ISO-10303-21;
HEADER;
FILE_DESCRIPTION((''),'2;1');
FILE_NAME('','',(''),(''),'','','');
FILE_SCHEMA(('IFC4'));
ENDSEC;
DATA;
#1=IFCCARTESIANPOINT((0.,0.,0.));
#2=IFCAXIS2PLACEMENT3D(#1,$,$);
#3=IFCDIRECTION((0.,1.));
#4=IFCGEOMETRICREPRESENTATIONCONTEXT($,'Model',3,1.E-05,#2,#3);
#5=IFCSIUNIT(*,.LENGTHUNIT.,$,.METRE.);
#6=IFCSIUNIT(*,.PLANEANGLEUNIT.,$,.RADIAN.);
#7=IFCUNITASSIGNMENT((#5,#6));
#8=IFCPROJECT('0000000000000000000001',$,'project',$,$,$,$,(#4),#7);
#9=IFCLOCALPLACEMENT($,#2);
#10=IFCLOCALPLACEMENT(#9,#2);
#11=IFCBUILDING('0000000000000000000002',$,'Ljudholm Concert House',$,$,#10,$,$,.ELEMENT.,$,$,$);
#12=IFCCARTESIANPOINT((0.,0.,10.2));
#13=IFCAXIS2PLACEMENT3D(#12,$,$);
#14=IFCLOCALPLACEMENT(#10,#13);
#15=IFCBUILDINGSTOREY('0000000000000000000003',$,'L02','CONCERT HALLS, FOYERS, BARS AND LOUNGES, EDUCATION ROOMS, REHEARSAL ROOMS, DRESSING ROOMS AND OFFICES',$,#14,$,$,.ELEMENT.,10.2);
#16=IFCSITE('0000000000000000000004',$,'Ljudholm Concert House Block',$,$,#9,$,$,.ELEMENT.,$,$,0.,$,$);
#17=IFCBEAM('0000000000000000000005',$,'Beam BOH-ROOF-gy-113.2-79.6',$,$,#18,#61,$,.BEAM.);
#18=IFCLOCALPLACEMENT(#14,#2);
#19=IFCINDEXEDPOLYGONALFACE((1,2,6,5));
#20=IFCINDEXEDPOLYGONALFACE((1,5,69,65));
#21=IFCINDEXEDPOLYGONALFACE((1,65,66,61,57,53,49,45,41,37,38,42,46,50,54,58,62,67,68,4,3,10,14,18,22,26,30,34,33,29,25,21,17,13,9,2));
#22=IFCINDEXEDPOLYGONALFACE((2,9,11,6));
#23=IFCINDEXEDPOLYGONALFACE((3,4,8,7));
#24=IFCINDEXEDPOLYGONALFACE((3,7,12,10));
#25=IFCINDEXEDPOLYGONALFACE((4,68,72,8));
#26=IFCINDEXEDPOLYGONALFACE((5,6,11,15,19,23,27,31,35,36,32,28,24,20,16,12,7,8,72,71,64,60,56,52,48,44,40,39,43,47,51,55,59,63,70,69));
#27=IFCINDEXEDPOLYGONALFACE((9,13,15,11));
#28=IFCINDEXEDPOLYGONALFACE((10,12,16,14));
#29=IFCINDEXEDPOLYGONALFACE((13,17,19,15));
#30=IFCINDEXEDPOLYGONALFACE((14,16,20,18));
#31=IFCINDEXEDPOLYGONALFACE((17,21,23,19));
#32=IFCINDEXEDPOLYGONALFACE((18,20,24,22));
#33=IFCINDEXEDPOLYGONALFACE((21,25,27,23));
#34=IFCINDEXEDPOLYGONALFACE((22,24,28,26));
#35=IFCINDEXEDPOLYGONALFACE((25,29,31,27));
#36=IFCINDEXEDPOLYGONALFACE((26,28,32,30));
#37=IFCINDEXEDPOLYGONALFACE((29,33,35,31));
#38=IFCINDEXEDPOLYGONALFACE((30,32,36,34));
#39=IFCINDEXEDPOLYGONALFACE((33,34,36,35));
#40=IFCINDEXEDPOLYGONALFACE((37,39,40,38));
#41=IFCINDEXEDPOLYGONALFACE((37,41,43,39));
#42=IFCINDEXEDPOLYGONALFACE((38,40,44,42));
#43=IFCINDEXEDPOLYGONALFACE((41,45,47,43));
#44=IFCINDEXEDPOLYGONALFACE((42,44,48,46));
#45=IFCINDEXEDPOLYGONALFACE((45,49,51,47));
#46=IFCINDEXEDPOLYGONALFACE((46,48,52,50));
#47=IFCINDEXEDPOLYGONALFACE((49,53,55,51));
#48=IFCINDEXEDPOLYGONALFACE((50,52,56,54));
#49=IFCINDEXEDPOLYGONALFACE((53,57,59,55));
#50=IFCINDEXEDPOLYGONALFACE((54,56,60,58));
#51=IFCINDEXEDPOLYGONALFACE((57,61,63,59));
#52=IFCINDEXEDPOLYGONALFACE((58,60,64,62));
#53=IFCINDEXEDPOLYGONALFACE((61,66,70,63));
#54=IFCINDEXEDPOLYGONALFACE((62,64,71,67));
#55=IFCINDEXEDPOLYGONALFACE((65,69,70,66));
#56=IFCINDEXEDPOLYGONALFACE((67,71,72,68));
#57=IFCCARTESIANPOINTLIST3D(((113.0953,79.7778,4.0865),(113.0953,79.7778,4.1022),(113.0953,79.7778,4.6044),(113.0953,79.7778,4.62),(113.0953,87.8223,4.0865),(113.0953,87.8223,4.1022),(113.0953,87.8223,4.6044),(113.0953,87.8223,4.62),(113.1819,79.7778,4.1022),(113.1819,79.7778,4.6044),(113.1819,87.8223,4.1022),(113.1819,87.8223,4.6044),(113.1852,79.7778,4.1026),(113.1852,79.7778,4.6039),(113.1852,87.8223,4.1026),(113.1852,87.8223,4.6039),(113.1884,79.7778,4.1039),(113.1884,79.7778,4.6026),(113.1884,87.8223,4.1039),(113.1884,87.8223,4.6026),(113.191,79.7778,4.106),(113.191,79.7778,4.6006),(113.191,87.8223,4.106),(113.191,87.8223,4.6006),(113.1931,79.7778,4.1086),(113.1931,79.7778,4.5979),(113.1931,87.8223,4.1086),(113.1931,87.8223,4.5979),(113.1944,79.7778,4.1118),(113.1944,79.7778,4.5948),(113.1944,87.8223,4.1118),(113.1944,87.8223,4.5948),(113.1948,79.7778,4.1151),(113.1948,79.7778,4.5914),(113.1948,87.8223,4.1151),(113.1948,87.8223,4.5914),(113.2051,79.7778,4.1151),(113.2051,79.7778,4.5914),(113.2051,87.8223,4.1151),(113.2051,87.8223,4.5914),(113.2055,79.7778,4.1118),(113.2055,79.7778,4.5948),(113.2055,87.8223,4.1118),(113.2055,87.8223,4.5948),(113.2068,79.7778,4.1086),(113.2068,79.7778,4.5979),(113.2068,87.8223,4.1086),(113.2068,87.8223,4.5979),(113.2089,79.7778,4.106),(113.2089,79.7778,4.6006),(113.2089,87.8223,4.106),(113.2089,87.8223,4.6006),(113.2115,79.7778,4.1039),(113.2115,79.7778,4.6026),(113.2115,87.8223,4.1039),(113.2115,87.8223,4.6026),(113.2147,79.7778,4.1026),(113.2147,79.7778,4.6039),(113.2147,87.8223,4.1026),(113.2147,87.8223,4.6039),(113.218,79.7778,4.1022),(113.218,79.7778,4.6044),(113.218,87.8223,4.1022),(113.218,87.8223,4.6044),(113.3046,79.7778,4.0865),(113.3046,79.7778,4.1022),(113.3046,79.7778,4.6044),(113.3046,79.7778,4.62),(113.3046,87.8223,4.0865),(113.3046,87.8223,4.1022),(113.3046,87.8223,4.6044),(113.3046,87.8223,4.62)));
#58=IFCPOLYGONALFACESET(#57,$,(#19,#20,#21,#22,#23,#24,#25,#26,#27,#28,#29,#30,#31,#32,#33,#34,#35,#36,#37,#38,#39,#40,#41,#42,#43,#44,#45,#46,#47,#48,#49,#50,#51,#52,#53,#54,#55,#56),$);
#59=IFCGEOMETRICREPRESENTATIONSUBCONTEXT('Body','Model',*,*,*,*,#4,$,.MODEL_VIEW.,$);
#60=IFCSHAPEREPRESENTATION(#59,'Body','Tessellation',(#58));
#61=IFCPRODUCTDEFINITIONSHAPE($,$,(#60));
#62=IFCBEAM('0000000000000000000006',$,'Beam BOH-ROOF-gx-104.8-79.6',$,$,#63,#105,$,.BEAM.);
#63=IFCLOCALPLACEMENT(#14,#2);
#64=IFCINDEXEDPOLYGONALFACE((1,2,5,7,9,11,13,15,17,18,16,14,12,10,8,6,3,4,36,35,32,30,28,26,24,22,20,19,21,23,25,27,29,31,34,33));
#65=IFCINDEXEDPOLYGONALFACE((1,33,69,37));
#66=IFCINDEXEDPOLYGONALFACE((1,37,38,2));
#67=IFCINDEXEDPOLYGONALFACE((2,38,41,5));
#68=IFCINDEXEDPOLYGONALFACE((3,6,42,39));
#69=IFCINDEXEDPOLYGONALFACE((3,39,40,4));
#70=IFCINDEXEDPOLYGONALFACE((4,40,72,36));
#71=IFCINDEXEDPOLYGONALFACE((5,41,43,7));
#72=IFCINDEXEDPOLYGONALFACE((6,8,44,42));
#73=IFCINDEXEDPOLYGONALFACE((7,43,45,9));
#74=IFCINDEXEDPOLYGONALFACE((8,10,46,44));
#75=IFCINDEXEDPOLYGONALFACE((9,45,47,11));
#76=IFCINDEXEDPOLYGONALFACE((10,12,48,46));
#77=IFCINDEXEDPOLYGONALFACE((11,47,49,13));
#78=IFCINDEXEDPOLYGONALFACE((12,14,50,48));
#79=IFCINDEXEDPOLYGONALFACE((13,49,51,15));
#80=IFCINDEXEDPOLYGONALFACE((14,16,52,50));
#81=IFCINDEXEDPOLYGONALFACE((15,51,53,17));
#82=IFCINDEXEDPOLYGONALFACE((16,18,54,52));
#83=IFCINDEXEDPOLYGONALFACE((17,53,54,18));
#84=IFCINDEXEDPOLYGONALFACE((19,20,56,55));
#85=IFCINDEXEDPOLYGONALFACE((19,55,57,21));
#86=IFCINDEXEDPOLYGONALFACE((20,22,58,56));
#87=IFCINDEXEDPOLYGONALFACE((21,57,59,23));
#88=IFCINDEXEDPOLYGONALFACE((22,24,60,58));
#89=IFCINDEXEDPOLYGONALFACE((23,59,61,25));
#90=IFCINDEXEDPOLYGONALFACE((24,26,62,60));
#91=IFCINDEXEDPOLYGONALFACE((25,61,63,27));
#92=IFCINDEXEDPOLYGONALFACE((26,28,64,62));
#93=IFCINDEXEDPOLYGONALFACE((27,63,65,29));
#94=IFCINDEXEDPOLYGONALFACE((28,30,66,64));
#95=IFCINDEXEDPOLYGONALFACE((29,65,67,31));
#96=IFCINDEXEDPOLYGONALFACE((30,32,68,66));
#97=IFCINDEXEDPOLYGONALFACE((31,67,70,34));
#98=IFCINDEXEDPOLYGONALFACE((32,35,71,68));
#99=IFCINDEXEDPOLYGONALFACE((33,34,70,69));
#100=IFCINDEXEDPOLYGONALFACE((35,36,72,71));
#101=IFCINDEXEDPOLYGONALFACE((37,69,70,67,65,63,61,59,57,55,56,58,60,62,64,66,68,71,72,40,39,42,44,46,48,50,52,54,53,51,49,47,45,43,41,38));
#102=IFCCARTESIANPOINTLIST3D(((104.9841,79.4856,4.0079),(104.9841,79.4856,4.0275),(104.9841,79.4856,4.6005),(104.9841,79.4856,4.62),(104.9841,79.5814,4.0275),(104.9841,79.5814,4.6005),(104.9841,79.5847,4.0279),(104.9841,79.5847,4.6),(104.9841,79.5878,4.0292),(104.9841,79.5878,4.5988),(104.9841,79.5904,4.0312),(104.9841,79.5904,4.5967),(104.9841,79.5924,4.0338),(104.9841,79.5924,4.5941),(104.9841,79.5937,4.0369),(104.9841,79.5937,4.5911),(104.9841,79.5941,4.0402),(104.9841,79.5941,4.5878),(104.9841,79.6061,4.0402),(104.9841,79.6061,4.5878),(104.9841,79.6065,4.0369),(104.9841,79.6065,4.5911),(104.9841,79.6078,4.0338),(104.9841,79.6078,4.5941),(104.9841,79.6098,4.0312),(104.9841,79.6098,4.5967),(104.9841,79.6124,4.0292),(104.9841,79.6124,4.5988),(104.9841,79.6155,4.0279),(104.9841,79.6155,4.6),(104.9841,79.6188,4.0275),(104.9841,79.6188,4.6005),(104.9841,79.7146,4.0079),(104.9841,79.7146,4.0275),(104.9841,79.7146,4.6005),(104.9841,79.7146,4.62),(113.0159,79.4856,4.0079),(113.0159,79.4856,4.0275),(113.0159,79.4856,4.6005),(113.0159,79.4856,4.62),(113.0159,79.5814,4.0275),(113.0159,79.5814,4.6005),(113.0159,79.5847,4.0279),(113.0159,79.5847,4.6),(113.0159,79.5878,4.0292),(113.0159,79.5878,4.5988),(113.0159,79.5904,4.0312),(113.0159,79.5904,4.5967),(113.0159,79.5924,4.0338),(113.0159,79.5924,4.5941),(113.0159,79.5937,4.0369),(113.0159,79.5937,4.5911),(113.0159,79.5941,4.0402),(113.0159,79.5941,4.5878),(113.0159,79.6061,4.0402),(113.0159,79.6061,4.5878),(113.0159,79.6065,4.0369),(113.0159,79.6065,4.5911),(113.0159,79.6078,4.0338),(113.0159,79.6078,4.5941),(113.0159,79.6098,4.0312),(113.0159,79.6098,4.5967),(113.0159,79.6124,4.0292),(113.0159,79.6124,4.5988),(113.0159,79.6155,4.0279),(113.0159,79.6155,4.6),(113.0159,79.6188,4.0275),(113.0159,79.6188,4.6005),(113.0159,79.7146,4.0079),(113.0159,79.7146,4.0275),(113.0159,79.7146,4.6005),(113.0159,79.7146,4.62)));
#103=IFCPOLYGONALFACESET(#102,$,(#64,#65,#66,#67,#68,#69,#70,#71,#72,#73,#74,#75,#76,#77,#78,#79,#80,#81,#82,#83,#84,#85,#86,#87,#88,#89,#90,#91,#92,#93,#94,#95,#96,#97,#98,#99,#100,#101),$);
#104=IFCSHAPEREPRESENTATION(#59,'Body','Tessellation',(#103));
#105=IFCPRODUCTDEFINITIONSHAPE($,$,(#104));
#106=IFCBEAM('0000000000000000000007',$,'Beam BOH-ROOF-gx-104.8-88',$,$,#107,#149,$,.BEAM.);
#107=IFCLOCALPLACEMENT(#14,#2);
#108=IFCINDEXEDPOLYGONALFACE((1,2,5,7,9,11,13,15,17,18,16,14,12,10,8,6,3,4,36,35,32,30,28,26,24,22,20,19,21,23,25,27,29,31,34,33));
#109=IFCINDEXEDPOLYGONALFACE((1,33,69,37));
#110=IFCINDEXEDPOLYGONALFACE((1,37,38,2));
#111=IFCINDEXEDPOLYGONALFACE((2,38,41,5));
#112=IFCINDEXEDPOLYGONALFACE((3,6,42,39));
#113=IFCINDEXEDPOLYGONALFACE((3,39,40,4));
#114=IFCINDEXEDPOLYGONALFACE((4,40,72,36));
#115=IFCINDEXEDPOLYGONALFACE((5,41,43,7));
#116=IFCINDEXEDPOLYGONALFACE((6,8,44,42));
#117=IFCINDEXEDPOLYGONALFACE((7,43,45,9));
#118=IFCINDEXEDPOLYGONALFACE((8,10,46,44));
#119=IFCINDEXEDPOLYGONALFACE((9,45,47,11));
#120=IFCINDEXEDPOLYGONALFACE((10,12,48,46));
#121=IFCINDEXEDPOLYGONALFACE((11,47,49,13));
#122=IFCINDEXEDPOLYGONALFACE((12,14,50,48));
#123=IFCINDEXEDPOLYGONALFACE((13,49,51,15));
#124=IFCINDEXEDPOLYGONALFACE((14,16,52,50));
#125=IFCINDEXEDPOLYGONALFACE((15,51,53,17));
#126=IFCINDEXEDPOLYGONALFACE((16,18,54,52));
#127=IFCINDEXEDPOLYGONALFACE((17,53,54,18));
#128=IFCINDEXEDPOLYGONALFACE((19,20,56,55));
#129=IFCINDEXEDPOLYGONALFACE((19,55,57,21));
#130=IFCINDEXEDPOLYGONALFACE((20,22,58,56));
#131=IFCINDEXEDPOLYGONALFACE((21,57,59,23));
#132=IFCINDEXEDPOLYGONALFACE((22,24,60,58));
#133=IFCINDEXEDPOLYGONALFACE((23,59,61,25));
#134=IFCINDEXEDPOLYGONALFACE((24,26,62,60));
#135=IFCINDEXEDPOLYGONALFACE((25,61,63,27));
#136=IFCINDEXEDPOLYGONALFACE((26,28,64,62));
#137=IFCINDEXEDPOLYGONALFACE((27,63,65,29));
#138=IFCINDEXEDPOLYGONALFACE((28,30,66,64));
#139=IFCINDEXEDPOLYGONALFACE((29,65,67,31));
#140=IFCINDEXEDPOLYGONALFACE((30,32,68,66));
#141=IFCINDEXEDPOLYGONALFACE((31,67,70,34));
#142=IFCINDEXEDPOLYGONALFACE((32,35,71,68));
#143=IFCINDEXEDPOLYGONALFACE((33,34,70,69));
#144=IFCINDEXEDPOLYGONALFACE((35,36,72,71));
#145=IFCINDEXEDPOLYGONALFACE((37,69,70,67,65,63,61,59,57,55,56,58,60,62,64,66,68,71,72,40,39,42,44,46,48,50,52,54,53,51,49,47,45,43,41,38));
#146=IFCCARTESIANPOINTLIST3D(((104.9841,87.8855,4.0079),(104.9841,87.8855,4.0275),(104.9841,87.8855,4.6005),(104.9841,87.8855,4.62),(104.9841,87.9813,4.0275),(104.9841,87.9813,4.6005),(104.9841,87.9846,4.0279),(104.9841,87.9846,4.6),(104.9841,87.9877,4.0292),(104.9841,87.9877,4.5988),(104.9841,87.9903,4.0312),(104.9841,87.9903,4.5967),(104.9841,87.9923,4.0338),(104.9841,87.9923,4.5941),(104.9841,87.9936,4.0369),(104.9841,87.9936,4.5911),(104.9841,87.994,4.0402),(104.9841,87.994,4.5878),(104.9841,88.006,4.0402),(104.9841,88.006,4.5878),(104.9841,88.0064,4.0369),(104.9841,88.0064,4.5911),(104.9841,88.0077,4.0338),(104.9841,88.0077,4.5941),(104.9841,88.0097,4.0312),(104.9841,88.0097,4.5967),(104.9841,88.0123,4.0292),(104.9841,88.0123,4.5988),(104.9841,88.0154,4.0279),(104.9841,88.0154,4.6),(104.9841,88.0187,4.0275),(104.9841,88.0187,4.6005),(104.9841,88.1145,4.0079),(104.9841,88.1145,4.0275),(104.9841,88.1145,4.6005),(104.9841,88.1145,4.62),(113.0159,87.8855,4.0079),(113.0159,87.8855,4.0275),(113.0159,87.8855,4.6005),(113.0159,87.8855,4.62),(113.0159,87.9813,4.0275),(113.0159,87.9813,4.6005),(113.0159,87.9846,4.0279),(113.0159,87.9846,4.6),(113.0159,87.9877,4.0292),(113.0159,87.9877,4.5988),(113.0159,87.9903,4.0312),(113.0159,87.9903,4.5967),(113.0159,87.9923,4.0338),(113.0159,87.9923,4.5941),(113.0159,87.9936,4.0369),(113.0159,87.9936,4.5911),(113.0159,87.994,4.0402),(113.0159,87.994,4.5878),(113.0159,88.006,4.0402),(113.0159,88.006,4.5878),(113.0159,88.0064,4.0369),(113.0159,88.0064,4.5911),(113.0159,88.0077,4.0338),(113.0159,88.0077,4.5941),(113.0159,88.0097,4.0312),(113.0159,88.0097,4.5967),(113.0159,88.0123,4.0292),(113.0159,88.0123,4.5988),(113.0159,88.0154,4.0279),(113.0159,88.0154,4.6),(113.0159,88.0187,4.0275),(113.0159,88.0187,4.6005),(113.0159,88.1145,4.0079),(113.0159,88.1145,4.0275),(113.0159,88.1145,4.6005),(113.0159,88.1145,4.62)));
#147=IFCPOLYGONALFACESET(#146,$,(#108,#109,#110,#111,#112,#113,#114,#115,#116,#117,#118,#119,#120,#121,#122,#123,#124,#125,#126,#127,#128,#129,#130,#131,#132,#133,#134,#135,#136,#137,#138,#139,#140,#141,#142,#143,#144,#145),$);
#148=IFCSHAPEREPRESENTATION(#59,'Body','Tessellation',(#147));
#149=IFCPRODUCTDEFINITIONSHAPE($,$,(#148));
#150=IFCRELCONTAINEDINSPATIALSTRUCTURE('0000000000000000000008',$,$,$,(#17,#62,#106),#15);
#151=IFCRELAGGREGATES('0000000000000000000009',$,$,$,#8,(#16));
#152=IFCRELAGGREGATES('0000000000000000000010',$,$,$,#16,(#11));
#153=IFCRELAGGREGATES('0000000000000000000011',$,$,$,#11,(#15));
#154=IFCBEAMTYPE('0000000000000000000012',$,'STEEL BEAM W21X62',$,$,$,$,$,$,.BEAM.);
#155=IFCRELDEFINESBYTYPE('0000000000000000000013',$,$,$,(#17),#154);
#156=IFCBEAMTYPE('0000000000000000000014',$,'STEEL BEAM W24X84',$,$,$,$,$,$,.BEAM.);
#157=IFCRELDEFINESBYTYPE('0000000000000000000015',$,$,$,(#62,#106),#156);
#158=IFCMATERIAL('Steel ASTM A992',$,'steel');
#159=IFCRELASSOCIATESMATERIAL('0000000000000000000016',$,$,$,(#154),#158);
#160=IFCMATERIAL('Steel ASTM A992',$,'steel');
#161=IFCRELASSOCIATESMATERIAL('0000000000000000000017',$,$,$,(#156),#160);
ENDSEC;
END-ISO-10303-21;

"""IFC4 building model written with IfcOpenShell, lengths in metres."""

from ifc_helpers import new_model, si_unit, direction, frame, origin, origin_2d, place, context, subcontext, project, spatial, i_section, extrude, material, material_profile, profile_set, type_object, element, save


model = new_model("IFC4")

# Units and contexts
model_context = context("Model", 3, precision=1e-05, world=origin(), true_north=direction((0.0, 1.0)))
body_context = subcontext(model_context, "Body", "Model", "MODEL_VIEW")
ifc_project = project(units=[si_unit("LENGTHUNIT", "METRE"), si_unit("PLANEANGLEUNIT", "RADIAN")], contexts=[model_context])

# Site, building, storey
site_placement = place(None, origin())
site = spatial("IfcSite", under=ifc_project, at=site_placement, Name="Ljudholm Concert House Block", CompositionType="ELEMENT", RefElevation=0.0)
building_placement = place(site_placement, origin())
building = spatial("IfcBuilding", under=site, at=building_placement, Name="Ljudholm Concert House", CompositionType="ELEMENT")
storey_placement = place(building_placement, frame((0.0, 0.0, 10.2)))
storey = spatial("IfcBuildingStorey", under=building, at=storey_placement, Name="L02", Description="CONCERT HALLS, FOYERS, BARS AND LOUNGES, EDUCATION ROOMS, REHEARSAL ROOMS, DRESSING ROOMS AND OFFICES", CompositionType="ELEMENT", Elevation=10.2)

# Beams
ifc_material_1 = material(Name="Steel ASTM A992", Category="steel")
ifc_material_profile_1 = material_profile(ifc_material_1, i_section(OverallWidth=0.2092, OverallDepth=0.5334, WebThickness=0.0103, FlangeThickness=0.0156, FilletRadius=0.0129, at=origin_2d()), Name="W21X62")
ifc_profile_set_1 = profile_set([ifc_material_profile_1], Name="Steel ASTM A992")
beam_type_1 = type_object("IfcBeamType", Name="STEEL BEAM W21X62", PredefinedType="BEAM", material=ifc_profile_set_1)
for number, where, z_axis, x_axis, name in (
    (1, (113.2, 79.7778, 4.3533), (0.0, 1.0, 0.0), (-1.0, 0.0, 0.0), "Beam BOH-ROOF-gy-113.2-79.6"),
):
    element("IfcBeam", number, at=place(storey_placement, frame(where, z_axis=z_axis, x_axis=x_axis)), inside=storey, type_object=beam_type_1, Name=name, PredefinedType="BEAM", context=body_context, shape_type="SweptSolid", body=[
        extrude(i_section(OverallWidth=0.2092, OverallDepth=0.5334, WebThickness=0.0103, FlangeThickness=0.0156, FilletRadius=0.0129, at=origin_2d()), origin(), (0.0, 0.0, 1.0), 8.0444),
    ])
ifc_material_2 = material(Name="Steel ASTM A992", Category="steel")
ifc_material_profile_2 = material_profile(ifc_material_2, i_section(OverallWidth=0.229, OverallDepth=0.6121, WebThickness=0.012, FlangeThickness=0.0195, FilletRadius=0.0127, at=origin_2d()), Name="W24X84")
ifc_profile_set_2 = profile_set([ifc_material_profile_2], Name="Steel ASTM A992")
beam_type_2 = type_object("IfcBeamType", Name="STEEL BEAM W24X84", PredefinedType="BEAM", material=ifc_profile_set_2)
for number, where, z_axis, x_axis, name in (
    (2, (104.9841, 79.6001, 4.314), (1.0, 0.0, 0.0), (0.0, 1.0, 0.0), "Beam BOH-ROOF-gx-104.8-79.6"),
    (3, (104.9841, 88.0, 4.314), (1.0, 0.0, 0.0), (0.0, 1.0, 0.0), "Beam BOH-ROOF-gx-104.8-88"),
):
    element("IfcBeam", number, at=place(storey_placement, frame(where, z_axis=z_axis, x_axis=x_axis)), inside=storey, type_object=beam_type_2, Name=name, PredefinedType="BEAM", context=body_context, shape_type="SweptSolid", body=[
        extrude(i_section(OverallWidth=0.229, OverallDepth=0.6121, WebThickness=0.012, FlangeThickness=0.0195, FilletRadius=0.0127, at=origin_2d()), origin(), (0.0, 0.0, 1.0), 8.0317),
    ])

save(model, "model.ifc")
